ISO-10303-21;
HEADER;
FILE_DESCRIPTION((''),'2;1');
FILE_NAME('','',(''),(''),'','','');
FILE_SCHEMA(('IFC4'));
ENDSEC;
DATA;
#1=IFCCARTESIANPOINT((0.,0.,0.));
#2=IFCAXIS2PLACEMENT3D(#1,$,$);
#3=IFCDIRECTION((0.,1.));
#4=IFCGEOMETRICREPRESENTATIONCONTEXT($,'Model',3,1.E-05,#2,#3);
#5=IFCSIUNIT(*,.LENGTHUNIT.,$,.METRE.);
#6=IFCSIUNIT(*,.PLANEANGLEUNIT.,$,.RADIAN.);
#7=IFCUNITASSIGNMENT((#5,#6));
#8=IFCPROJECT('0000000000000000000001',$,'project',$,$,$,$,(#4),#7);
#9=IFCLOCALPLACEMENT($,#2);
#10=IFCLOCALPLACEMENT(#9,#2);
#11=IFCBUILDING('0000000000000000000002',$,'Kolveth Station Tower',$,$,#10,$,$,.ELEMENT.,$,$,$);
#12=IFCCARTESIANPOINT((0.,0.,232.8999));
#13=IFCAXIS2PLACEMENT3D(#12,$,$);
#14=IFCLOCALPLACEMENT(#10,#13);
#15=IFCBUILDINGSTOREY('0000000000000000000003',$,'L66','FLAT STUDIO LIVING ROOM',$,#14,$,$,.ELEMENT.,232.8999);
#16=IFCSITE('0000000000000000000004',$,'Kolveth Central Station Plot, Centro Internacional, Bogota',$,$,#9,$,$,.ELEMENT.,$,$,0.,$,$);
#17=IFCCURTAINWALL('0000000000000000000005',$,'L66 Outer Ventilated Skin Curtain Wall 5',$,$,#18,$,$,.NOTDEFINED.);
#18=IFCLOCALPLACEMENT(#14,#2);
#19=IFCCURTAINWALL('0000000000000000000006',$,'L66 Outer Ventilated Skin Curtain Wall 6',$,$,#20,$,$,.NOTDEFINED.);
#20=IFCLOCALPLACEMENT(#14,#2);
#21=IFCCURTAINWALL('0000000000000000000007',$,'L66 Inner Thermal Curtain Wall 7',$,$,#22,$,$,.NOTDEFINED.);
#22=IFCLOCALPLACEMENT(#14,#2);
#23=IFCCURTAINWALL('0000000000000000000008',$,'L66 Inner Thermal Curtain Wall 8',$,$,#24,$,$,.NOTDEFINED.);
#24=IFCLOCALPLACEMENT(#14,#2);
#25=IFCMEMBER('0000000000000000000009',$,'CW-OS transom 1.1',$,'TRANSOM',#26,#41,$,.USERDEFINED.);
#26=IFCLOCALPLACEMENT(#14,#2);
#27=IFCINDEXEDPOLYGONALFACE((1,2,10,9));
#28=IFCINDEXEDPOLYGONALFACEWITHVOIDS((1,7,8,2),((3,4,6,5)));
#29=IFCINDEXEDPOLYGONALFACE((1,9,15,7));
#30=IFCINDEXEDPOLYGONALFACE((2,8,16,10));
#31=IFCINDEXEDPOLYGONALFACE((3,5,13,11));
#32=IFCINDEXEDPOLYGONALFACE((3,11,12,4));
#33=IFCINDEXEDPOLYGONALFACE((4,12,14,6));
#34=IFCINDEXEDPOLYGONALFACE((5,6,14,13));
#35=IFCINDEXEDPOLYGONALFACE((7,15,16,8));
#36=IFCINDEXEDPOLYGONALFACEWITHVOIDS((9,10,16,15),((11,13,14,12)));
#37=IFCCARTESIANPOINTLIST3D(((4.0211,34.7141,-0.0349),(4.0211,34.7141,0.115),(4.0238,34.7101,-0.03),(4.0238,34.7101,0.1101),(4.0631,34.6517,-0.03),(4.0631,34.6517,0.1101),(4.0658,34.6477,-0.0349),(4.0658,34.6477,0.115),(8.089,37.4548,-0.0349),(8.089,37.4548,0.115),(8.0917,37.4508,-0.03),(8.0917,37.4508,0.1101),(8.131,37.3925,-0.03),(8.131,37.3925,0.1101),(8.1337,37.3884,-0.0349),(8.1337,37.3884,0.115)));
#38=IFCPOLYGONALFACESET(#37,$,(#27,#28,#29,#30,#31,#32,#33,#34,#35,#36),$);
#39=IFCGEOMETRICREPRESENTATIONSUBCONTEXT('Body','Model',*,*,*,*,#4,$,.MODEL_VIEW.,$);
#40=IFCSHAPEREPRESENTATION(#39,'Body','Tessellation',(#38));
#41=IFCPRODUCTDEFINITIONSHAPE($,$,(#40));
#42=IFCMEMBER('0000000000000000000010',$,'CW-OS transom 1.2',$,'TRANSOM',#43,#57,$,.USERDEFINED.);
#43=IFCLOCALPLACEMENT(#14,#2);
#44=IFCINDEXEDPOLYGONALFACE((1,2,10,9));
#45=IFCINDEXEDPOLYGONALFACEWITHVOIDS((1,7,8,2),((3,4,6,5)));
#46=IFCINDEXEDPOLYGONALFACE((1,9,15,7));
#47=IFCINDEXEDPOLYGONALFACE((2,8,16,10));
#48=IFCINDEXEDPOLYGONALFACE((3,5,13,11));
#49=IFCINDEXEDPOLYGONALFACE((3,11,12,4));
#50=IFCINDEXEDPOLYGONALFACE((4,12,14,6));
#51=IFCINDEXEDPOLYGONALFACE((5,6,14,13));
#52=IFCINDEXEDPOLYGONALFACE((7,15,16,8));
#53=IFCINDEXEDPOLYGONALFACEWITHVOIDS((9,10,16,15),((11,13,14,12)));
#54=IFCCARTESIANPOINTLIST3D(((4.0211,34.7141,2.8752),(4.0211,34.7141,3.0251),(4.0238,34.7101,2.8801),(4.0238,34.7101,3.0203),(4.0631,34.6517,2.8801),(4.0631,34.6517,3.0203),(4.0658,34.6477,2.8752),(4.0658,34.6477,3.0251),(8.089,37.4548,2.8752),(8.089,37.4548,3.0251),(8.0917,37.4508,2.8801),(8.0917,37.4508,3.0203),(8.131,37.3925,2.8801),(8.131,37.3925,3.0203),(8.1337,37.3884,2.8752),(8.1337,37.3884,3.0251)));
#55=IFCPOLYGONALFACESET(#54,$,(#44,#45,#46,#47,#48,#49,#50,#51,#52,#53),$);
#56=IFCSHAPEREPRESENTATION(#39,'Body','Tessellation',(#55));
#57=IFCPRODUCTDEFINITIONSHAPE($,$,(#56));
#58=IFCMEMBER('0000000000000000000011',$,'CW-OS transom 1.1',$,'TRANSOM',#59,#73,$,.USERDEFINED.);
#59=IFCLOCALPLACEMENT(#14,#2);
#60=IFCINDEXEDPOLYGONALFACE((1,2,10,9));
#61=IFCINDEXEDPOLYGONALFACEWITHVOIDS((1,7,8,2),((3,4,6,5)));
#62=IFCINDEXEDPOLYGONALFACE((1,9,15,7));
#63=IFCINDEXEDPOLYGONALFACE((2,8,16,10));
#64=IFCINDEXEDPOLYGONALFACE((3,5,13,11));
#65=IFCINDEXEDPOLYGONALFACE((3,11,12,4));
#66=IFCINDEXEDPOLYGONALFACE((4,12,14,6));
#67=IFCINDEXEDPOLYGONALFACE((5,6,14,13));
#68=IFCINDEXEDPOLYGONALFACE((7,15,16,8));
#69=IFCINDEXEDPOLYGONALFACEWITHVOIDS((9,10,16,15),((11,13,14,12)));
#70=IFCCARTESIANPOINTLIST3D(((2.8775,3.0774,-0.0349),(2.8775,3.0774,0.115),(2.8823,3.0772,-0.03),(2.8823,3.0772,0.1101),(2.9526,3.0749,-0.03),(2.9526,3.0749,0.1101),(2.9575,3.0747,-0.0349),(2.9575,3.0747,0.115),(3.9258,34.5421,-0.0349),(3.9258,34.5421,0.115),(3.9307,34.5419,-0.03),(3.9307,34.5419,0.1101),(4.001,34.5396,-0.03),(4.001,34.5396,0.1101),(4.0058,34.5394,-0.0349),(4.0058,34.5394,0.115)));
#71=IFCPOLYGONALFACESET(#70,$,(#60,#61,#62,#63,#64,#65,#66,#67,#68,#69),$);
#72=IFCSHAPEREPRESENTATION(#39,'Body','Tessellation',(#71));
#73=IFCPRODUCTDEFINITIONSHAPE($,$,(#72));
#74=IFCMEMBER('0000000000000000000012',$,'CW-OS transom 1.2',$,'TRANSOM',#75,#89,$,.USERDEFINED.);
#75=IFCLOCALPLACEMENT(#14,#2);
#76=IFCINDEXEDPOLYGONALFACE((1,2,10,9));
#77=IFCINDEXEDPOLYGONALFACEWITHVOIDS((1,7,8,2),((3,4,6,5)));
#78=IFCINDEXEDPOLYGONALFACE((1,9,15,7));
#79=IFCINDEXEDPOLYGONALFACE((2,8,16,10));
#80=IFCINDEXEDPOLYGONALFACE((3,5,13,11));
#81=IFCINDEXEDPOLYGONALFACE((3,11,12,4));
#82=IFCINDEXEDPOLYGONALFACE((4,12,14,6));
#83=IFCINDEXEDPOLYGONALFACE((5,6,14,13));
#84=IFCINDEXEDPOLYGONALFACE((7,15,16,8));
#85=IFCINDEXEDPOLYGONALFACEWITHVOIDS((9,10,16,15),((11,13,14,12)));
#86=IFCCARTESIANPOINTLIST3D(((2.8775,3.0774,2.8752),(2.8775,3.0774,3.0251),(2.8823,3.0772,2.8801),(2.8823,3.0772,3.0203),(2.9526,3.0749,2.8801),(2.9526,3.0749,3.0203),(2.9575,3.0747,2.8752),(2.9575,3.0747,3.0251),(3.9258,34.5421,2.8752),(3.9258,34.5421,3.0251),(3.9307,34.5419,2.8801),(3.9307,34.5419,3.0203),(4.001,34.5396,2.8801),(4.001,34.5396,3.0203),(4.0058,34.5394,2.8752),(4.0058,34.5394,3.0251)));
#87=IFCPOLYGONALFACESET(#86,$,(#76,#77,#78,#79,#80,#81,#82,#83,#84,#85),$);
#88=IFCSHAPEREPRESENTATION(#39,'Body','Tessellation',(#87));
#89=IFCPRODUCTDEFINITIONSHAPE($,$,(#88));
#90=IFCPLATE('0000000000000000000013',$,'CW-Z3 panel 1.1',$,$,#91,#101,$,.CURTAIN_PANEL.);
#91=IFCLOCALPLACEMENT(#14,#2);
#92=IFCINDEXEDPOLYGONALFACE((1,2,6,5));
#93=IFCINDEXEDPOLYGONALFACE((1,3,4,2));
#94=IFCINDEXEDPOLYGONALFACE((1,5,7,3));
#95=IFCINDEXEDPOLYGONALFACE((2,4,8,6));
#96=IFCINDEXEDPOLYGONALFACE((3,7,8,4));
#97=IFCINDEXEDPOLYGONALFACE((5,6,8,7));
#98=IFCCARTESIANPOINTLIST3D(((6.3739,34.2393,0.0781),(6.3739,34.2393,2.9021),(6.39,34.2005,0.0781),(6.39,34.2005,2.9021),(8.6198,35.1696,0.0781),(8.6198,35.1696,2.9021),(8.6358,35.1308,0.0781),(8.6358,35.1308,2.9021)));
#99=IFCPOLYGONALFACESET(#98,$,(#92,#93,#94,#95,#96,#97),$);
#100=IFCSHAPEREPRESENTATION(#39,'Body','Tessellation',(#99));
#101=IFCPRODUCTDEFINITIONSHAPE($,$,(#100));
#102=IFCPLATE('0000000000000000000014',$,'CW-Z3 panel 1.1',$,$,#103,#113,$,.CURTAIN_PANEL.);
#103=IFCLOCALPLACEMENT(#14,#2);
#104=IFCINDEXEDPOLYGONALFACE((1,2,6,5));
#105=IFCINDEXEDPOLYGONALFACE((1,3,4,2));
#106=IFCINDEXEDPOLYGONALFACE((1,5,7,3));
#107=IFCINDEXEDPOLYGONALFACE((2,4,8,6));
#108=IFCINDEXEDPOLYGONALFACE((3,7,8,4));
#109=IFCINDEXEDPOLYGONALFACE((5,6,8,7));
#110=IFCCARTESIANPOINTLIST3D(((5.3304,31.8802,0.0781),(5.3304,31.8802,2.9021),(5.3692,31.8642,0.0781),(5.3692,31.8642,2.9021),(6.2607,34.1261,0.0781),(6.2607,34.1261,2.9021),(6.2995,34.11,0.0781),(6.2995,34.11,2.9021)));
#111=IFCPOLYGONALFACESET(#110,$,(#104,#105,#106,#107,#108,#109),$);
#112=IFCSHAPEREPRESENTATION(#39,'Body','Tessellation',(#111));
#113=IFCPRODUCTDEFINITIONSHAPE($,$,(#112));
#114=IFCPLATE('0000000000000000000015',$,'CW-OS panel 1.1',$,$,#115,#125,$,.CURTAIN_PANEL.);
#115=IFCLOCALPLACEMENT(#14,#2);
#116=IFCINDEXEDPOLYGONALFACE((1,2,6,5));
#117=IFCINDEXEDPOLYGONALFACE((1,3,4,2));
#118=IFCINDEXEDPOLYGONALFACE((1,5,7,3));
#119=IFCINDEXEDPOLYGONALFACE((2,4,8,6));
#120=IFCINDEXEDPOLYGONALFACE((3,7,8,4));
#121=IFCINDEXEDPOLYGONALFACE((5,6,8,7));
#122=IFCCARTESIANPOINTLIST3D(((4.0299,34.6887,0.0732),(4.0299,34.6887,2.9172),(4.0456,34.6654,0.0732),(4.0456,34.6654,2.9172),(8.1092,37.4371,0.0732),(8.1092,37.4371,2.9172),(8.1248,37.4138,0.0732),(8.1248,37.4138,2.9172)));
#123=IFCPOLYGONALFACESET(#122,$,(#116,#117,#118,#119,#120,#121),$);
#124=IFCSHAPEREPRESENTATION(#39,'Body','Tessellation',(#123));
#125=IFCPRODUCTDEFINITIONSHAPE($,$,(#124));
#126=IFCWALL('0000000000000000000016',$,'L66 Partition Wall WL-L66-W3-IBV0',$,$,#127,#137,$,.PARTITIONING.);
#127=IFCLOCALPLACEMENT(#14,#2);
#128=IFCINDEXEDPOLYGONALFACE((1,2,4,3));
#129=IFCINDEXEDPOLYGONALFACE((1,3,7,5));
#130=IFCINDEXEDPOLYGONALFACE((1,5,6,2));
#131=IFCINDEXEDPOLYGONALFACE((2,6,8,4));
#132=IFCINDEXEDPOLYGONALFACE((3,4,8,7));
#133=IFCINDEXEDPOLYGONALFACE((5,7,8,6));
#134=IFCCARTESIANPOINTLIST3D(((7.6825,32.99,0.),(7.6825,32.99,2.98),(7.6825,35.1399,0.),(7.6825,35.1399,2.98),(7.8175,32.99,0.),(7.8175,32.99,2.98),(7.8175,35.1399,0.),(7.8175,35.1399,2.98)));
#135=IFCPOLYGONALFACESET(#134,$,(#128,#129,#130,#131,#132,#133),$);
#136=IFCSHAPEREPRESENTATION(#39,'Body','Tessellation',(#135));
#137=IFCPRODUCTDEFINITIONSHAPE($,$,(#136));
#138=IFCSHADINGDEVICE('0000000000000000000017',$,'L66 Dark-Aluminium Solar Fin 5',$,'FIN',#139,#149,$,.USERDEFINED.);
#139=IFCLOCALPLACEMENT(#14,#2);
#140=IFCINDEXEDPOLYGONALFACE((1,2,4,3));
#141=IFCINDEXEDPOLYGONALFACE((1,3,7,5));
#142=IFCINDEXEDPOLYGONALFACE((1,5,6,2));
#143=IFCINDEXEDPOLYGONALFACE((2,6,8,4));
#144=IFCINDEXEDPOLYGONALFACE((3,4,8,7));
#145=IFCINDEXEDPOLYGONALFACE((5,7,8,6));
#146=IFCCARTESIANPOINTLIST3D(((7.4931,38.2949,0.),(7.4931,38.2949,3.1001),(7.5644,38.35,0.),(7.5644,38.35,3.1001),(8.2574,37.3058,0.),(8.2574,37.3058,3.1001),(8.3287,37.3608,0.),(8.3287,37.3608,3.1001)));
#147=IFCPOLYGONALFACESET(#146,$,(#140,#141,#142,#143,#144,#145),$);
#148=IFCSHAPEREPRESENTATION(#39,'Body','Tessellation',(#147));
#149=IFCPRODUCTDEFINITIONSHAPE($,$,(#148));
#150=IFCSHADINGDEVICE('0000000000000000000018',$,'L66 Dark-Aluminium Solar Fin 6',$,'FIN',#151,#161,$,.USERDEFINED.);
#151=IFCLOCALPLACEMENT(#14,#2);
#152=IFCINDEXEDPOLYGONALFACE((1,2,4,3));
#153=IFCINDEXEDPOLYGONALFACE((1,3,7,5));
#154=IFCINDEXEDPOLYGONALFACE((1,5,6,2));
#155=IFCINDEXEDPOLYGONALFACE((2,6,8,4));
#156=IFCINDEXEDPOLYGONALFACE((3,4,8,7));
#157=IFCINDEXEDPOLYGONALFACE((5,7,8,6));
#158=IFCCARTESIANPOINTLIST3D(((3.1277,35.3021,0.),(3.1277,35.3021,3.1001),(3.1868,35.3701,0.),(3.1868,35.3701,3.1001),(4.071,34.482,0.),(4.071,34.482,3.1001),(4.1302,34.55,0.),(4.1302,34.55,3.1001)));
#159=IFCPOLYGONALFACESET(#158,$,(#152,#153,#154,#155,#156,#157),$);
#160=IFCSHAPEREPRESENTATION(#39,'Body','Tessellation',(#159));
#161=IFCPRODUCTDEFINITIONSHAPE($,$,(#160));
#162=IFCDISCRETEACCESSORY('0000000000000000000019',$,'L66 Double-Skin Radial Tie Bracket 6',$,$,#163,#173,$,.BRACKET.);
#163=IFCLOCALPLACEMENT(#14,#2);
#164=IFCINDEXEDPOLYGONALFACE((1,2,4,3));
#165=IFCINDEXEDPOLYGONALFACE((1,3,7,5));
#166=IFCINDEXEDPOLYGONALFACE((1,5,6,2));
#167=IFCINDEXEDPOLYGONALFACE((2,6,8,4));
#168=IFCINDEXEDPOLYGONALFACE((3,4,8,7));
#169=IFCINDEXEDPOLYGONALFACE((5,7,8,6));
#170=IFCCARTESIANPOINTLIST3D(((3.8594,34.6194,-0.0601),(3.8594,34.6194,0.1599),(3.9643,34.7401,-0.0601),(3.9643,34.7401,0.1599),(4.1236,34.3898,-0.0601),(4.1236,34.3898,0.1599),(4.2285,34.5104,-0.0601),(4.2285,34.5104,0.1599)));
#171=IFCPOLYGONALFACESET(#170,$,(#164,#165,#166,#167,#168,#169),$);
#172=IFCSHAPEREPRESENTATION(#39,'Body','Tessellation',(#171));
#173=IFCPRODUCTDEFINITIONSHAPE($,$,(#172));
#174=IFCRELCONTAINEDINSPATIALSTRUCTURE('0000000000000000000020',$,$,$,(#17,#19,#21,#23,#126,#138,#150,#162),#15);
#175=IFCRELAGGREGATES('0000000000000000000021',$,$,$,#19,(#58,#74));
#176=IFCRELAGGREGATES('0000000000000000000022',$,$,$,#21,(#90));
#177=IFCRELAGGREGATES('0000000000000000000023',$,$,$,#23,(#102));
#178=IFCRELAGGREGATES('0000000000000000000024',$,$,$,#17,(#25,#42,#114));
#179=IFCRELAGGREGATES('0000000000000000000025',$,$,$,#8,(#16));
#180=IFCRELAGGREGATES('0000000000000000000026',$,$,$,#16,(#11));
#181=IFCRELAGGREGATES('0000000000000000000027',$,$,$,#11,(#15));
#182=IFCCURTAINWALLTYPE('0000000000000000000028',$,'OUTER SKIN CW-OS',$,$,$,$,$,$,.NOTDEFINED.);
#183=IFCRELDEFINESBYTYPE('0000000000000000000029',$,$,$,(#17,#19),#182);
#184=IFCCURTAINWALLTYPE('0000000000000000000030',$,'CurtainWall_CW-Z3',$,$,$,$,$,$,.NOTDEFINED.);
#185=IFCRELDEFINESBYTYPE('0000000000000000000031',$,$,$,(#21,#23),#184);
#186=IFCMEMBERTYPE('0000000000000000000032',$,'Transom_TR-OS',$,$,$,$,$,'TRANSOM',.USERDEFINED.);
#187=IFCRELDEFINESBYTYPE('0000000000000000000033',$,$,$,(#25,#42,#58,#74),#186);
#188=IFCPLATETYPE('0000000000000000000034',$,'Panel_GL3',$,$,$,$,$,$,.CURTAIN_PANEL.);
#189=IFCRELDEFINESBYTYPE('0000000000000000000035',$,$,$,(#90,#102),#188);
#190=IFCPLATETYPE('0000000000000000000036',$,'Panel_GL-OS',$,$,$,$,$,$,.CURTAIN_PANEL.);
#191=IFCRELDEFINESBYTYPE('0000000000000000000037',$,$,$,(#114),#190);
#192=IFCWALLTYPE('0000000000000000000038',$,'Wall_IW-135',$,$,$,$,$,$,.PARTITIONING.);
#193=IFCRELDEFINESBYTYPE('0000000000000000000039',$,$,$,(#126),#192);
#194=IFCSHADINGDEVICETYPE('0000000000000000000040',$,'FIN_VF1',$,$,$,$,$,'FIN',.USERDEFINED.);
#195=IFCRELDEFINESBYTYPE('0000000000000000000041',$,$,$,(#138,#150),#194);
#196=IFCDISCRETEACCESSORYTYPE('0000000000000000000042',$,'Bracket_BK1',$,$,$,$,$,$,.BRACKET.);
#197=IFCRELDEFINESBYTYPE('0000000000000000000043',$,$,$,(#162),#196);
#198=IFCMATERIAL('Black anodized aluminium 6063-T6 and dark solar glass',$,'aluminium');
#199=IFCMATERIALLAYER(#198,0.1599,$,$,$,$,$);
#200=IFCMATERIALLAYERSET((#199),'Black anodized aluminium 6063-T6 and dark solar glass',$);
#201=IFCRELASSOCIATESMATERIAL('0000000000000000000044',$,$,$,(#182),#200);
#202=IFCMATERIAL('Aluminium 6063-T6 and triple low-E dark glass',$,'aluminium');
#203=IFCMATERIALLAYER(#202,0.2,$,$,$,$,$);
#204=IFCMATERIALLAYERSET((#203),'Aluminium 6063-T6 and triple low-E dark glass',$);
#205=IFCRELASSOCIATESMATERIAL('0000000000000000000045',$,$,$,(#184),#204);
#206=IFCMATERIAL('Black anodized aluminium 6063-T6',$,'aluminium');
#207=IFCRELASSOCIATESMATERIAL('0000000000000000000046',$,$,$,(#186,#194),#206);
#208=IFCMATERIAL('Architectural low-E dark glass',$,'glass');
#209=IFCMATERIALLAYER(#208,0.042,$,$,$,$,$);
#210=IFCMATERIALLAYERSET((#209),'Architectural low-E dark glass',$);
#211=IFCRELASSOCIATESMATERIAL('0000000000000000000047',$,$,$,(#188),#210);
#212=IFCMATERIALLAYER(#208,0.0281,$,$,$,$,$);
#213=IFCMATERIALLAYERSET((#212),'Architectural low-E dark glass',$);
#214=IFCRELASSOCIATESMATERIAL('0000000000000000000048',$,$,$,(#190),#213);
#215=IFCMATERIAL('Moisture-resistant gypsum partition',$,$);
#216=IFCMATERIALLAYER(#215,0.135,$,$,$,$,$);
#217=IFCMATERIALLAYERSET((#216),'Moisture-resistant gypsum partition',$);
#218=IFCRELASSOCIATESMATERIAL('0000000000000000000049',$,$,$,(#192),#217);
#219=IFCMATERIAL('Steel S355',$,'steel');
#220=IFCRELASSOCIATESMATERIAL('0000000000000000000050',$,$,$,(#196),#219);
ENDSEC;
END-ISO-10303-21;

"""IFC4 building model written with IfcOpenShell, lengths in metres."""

from ifc_helpers import new_model, si_unit, direction, frame, frame_2d, origin, origin_2d, place, context, subcontext, project, spatial, rectangle, hollow_rectangle, extrude, source, transform, mapped, material, layer, layer_set, material_profile, profile_set, type_object, element, aggregate, save


model = new_model("IFC4")

# Units and contexts
model_context = context("Model", 3, precision=1e-05, world=origin(), true_north=direction((0.0, 1.0)))
body_context = subcontext(model_context, "Body", "Model", "MODEL_VIEW")
ifc_project = project(units=[si_unit("LENGTHUNIT", "METRE"), si_unit("PLANEANGLEUNIT", "RADIAN")], contexts=[model_context])

# Site, building, storey
site_placement = place(None, origin())
site = spatial("IfcSite", under=ifc_project, at=site_placement, Name="Kolveth Central Station Plot, Centro Internacional, Bogota", CompositionType="ELEMENT", RefElevation=0.0)
building_placement = place(site_placement, origin())
building = spatial("IfcBuilding", under=site, at=building_placement, Name="Kolveth Station Tower", CompositionType="ELEMENT")
storey_placement = place(building_placement, frame((0.0, 0.0, 232.8999)))
storey = spatial("IfcBuildingStorey", under=building, at=storey_placement, Name="L66", Description="FLAT STUDIO LIVING ROOM", CompositionType="ELEMENT", Elevation=232.8999)

# Curtain walls
ifc_material_1 = material(Name="Black anodized aluminium 6063-T6 and dark solar glass", Category="aluminium")
ifc_layer_1 = layer(ifc_material_1, 0.1599)
ifc_layer_set_1 = layer_set([ifc_layer_1], Name="Black anodized aluminium 6063-T6 and dark solar glass")
curtain_wall_type_1 = type_object("IfcCurtainWallType", Name="OUTER SKIN CW-OS", PredefinedType="NOTDEFINED", material=ifc_layer_set_1)
curtain_wall_1_placement = place(storey_placement, origin())
curtain_wall_1 = element("IfcCurtainWall", 1, at=curtain_wall_1_placement, inside=storey, type_object=curtain_wall_type_1, Name="L66 Outer Ventilated Skin Curtain Wall 5", PredefinedType="NOTDEFINED")
ifc_material_2 = material(Name="Black anodized aluminium 6063-T6", Category="aluminium")
curtain_wall_2_placement = place(storey_placement, origin())
curtain_wall_2 = element("IfcCurtainWall", 2, at=curtain_wall_2_placement, inside=storey, type_object=curtain_wall_type_1, Name="L66 Outer Ventilated Skin Curtain Wall 6", PredefinedType="NOTDEFINED")
ifc_material_3 = material(Name="Aluminium 6063-T6 and triple low-E dark glass", Category="aluminium")
ifc_layer_2 = layer(ifc_material_3, 0.2)
ifc_layer_set_2 = layer_set([ifc_layer_2], Name="Aluminium 6063-T6 and triple low-E dark glass")
curtain_wall_type_2 = type_object("IfcCurtainWallType", Name="CurtainWall_CW-Z3", PredefinedType="NOTDEFINED", material=ifc_layer_set_2)
curtain_wall_3_placement = place(storey_placement, origin())
curtain_wall_3 = element("IfcCurtainWall", 3, at=curtain_wall_3_placement, inside=storey, type_object=curtain_wall_type_2, Name="L66 Inner Thermal Curtain Wall 7", PredefinedType="NOTDEFINED")

# Curtain wall
curtain_wall_4_placement = place(storey_placement, origin())
curtain_wall_4 = element("IfcCurtainWall", 4, at=curtain_wall_4_placement, inside=storey, type_object=curtain_wall_type_2, Name="L66 Inner Thermal Curtain Wall 8", PredefinedType="NOTDEFINED")

# Members
ifc_material_profile_1 = material_profile(ifc_material_2, hollow_rectangle(XDim=0.0801, YDim=0.1499, WallThickness=0.0049, at=origin_2d()), Name="ALU-80x150x5")
ifc_profile_set_1 = profile_set([ifc_material_profile_1], Name="Black anodized aluminium 6063-T6")
member_type_1 = type_object("IfcMemberType", Name="Transom_TR-OS", ElementType="TRANSOM", PredefinedType="USERDEFINED", material=ifc_profile_set_1)
shared_shape_1 = source(origin(), body_context, "Body", "SweptSolid", [
    extrude(hollow_rectangle(XDim=0.0801, YDim=0.1499, WallThickness=0.0049, at=origin_2d()), origin(), (0.0, 0.0, 1.0), 4.905),
])
member_1_placement = place(storey_placement, frame((8.1113, 37.4216, 0.04), z_axis=(-0.82933, -0.55876, 0.0), x_axis=(0.55876, -0.82933, 0.0)))
member_1 = element("IfcMember", 5, at=member_1_placement, type_object=member_type_1, Name="CW-OS transom 1.1", ObjectType="TRANSOM", PredefinedType="USERDEFINED", context=body_context, shape_type="MappedRepresentation", body=[
    mapped(shared_shape_1, transform((0.0, 0.0, 0.0), x_axis=(1.0, 0.0, 0.0), y_axis=(0.0, 1.0, 0.0), z_axis=(0.0, 0.0, 1.0), scale=1.0)),
])
member_2_placement = place(storey_placement, frame((8.1113, 37.4216, 2.9502), z_axis=(-0.82933, -0.55876, 0.0), x_axis=(0.55876, -0.82933, 0.0)))
member_2 = element("IfcMember", 6, at=member_2_placement, type_object=member_type_1, Name="CW-OS transom 1.2", ObjectType="TRANSOM", PredefinedType="USERDEFINED", context=body_context, shape_type="MappedRepresentation", body=[
    mapped(shared_shape_1, transform((0.0, 0.0, 0.0), x_axis=(1.0, 0.0, 0.0), y_axis=(0.0, 1.0, 0.0), z_axis=(0.0, 0.0, 1.0), scale=1.0)),
])
shared_shape_2 = source(origin(), body_context, "Body", "SweptSolid", [
    extrude(hollow_rectangle(XDim=0.0801, YDim=0.1499, WallThickness=0.0049, at=origin_2d()), origin(), (0.0, 0.0, 1.0), 31.4822),
])
member_3_placement = place(storey_placement, frame((3.9658, 34.5408, 0.04), z_axis=(-0.0333, -0.999445, 0.0), x_axis=(0.999445, -0.0333, 0.0)))
member_3 = element("IfcMember", 7, at=member_3_placement, type_object=member_type_1, Name="CW-OS transom 1.1", ObjectType="TRANSOM", PredefinedType="USERDEFINED", context=body_context, shape_type="MappedRepresentation", body=[
    mapped(shared_shape_2, transform((0.0, 0.0, 0.0), x_axis=(1.0, 0.0, 0.0), y_axis=(0.0, 1.0, 0.0), z_axis=(0.0, 0.0, 1.0), scale=1.0)),
])
member_4_placement = place(storey_placement, frame((3.9658, 34.5408, 2.9502), z_axis=(-0.0333, -0.999445, 0.0), x_axis=(0.999445, -0.0333, 0.0)))
member_4 = element("IfcMember", 8, at=member_4_placement, type_object=member_type_1, Name="CW-OS transom 1.2", ObjectType="TRANSOM", PredefinedType="USERDEFINED", context=body_context, shape_type="MappedRepresentation", body=[
    mapped(shared_shape_2, transform((0.0, 0.0, 0.0), x_axis=(1.0, 0.0, 0.0), y_axis=(0.0, 1.0, 0.0), z_axis=(0.0, 0.0, 1.0), scale=1.0)),
])
aggregate(curtain_wall_2, [member_3, member_4])

# Plates
ifc_material_4 = material(Name="Architectural low-E dark glass", Category="glass")
ifc_layer_3 = layer(ifc_material_4, 0.042)
ifc_layer_set_3 = layer_set([ifc_layer_3], Name="Architectural low-E dark glass")
plate_type_1 = type_object("IfcPlateType", Name="Panel_GL3", PredefinedType="CURTAIN_PANEL", material=ifc_layer_set_3)
shared_shape_3 = source(origin(), body_context, "Body", "SweptSolid", [
    extrude(rectangle(XDim=2.4309, YDim=0.042, at=origin_2d()), origin(), (0.0, 0.0, 1.0), 2.824),
])
plate_1_placement = place(storey_placement, frame((7.5049, 34.6851, 0.0781), z_axis=(0.0, 0.0, 1.0), x_axis=(-0.923875, -0.382693, 0.0)))
plate_1 = element("IfcPlate", 9, at=plate_1_placement, type_object=plate_type_1, Name="CW-Z3 panel 1.1", PredefinedType="CURTAIN_PANEL", context=body_context, shape_type="MappedRepresentation", body=[
    mapped(shared_shape_3, transform((0.0, 0.0, 0.0), x_axis=(1.0, 0.0, 0.0), y_axis=(0.0, 1.0, 0.0), z_axis=(0.0, 0.0, 1.0), scale=1.0)),
])
aggregate(curtain_wall_3, [plate_1])
plate_2_placement = place(storey_placement, frame((5.8149, 32.9951, 0.0781), z_axis=(0.0, 0.0, 1.0), x_axis=(-0.382693, -0.923875, 0.0)))
plate_2 = element("IfcPlate", 10, at=plate_2_placement, type_object=plate_type_1, Name="CW-Z3 panel 1.1", PredefinedType="CURTAIN_PANEL", context=body_context, shape_type="MappedRepresentation", body=[
    mapped(shared_shape_3, transform((0.0, 0.0, 0.0), x_axis=(1.0, 0.0, 0.0), y_axis=(0.0, 1.0, 0.0), z_axis=(0.0, 0.0, 1.0), scale=1.0)),
])
aggregate(curtain_wall_4, [plate_2])
ifc_layer_4 = layer(ifc_material_4, 0.0281)
ifc_layer_set_4 = layer_set([ifc_layer_4], Name="Architectural low-E dark glass")
plate_type_2 = type_object("IfcPlateType", Name="Panel_GL-OS", PredefinedType="CURTAIN_PANEL", material=ifc_layer_set_4)
shared_shape_4 = source(origin(), body_context, "Body", "SweptSolid", [
    extrude(rectangle(XDim=4.9187, YDim=0.0281, at=origin_2d()), origin(), (0.0, 0.0, 1.0), 2.844),
])
plate_3_placement = place(storey_placement, frame((6.0774, 36.0513, 0.0732), z_axis=(0.0, 0.0, 1.0), x_axis=(-0.829329, -0.55876, 0.0)))
plate_3 = element("IfcPlate", 11, at=plate_3_placement, type_object=plate_type_2, Name="CW-OS panel 1.1", PredefinedType="CURTAIN_PANEL", context=body_context, shape_type="MappedRepresentation", body=[
    mapped(shared_shape_4, transform((0.0, 0.0, 0.0), x_axis=(1.0, 0.0, 0.0), y_axis=(0.0, 1.0, 0.0), z_axis=(0.0, 0.0, 1.0), scale=1.0)),
])
aggregate(curtain_wall_1, [member_1, member_2, plate_3])

# Shared definitions
ifc_material_5 = material(Name="Moisture-resistant gypsum partition")
ifc_layer_5 = layer(ifc_material_5, 0.135)
ifc_layer_set_5 = layer_set([ifc_layer_5], Name="Moisture-resistant gypsum partition")
wall_type = type_object("IfcWallType", Name="Wall_IW-135", PredefinedType="PARTITIONING", material=ifc_layer_set_5)

# Wall
wall_1_placement = place(storey_placement, frame((7.75, 32.99, 0.0), z_axis=(0.0, 0.0, 1.0), x_axis=(0.0, 1.0, 0.0)))
element("IfcWall", 12, at=wall_1_placement, inside=storey, type_object=wall_type, Name="L66 Partition Wall WL-L66-W3-IBV0", PredefinedType="PARTITIONING", context=body_context, shape_type="SweptSolid", body=[
    extrude(rectangle(XDim=2.1499, YDim=0.135, at=frame_2d((1.075, 0.0))), origin(), (0.0, 0.0, 1.0), 2.98),
])

# Shading devices
shading_device_type = type_object("IfcShadingDeviceType", Name="FIN_VF1", ElementType="FIN", PredefinedType="USERDEFINED", material=ifc_material_2)
shared_shape_5 = source(origin(), body_context, "Body", "SweptSolid", [
    extrude(rectangle(XDim=1.25, YDim=0.0901, at=origin_2d()), origin(), (0.0, 0.0, 1.0), 3.1001),
])
for number, where, z_axis, x_axis, name in (
    (13, (7.9109, 37.8279, 0.0), (0.0, 0.0, 1.0), (-0.611389, 0.79133, 0.0), "L66 Dark-Aluminium Solar Fin 5"),
    (14, (3.6289, 34.926, 0.0), (0.0, 0.0, 1.0), (-0.75471, 0.656059, 0.0), "L66 Dark-Aluminium Solar Fin 6"),
):
    element("IfcShadingDevice", number, at=place(storey_placement, frame(where, z_axis=z_axis, x_axis=x_axis)), inside=storey, type_object=shading_device_type, Name=name, ObjectType="FIN", PredefinedType="USERDEFINED", context=body_context, shape_type="MappedRepresentation", body=[
        mapped(shared_shape_5, transform((0.0, 0.0, 0.0), x_axis=(1.0, 0.0, 0.0), y_axis=(0.0, 1.0, 0.0), z_axis=(0.0, 0.0, 1.0), scale=1.0)),
    ])

# Discrete accessory
ifc_material_6 = material(Name="Steel S355", Category="steel")
discrete_accessory_type = type_object("IfcDiscreteAccessoryType", Name="Bracket_BK1", PredefinedType="BRACKET", material=ifc_material_6)
shared_shape_6 = source(origin(), body_context, "Body", "SweptSolid", [
    extrude(rectangle(XDim=0.3501, YDim=0.1599, at=origin_2d()), origin(), (0.0, 0.0, 1.0), 0.22),
])
discrete_accessory_placement = place(storey_placement, frame((4.0439, 34.5649, -0.0601), z_axis=(0.0, 0.0, 1.0), x_axis=(-0.75471, 0.656059, 0.0)))
element("IfcDiscreteAccessory", 15, at=discrete_accessory_placement, inside=storey, type_object=discrete_accessory_type, Name="L66 Double-Skin Radial Tie Bracket 6", PredefinedType="BRACKET", context=body_context, shape_type="MappedRepresentation", body=[
    mapped(shared_shape_6, transform((0.0, 0.0, 0.0), x_axis=(1.0, 0.0, 0.0), y_axis=(0.0, 1.0, 0.0), z_axis=(0.0, 0.0, 1.0), scale=1.0)),
])

save(model, "model.ifc")
